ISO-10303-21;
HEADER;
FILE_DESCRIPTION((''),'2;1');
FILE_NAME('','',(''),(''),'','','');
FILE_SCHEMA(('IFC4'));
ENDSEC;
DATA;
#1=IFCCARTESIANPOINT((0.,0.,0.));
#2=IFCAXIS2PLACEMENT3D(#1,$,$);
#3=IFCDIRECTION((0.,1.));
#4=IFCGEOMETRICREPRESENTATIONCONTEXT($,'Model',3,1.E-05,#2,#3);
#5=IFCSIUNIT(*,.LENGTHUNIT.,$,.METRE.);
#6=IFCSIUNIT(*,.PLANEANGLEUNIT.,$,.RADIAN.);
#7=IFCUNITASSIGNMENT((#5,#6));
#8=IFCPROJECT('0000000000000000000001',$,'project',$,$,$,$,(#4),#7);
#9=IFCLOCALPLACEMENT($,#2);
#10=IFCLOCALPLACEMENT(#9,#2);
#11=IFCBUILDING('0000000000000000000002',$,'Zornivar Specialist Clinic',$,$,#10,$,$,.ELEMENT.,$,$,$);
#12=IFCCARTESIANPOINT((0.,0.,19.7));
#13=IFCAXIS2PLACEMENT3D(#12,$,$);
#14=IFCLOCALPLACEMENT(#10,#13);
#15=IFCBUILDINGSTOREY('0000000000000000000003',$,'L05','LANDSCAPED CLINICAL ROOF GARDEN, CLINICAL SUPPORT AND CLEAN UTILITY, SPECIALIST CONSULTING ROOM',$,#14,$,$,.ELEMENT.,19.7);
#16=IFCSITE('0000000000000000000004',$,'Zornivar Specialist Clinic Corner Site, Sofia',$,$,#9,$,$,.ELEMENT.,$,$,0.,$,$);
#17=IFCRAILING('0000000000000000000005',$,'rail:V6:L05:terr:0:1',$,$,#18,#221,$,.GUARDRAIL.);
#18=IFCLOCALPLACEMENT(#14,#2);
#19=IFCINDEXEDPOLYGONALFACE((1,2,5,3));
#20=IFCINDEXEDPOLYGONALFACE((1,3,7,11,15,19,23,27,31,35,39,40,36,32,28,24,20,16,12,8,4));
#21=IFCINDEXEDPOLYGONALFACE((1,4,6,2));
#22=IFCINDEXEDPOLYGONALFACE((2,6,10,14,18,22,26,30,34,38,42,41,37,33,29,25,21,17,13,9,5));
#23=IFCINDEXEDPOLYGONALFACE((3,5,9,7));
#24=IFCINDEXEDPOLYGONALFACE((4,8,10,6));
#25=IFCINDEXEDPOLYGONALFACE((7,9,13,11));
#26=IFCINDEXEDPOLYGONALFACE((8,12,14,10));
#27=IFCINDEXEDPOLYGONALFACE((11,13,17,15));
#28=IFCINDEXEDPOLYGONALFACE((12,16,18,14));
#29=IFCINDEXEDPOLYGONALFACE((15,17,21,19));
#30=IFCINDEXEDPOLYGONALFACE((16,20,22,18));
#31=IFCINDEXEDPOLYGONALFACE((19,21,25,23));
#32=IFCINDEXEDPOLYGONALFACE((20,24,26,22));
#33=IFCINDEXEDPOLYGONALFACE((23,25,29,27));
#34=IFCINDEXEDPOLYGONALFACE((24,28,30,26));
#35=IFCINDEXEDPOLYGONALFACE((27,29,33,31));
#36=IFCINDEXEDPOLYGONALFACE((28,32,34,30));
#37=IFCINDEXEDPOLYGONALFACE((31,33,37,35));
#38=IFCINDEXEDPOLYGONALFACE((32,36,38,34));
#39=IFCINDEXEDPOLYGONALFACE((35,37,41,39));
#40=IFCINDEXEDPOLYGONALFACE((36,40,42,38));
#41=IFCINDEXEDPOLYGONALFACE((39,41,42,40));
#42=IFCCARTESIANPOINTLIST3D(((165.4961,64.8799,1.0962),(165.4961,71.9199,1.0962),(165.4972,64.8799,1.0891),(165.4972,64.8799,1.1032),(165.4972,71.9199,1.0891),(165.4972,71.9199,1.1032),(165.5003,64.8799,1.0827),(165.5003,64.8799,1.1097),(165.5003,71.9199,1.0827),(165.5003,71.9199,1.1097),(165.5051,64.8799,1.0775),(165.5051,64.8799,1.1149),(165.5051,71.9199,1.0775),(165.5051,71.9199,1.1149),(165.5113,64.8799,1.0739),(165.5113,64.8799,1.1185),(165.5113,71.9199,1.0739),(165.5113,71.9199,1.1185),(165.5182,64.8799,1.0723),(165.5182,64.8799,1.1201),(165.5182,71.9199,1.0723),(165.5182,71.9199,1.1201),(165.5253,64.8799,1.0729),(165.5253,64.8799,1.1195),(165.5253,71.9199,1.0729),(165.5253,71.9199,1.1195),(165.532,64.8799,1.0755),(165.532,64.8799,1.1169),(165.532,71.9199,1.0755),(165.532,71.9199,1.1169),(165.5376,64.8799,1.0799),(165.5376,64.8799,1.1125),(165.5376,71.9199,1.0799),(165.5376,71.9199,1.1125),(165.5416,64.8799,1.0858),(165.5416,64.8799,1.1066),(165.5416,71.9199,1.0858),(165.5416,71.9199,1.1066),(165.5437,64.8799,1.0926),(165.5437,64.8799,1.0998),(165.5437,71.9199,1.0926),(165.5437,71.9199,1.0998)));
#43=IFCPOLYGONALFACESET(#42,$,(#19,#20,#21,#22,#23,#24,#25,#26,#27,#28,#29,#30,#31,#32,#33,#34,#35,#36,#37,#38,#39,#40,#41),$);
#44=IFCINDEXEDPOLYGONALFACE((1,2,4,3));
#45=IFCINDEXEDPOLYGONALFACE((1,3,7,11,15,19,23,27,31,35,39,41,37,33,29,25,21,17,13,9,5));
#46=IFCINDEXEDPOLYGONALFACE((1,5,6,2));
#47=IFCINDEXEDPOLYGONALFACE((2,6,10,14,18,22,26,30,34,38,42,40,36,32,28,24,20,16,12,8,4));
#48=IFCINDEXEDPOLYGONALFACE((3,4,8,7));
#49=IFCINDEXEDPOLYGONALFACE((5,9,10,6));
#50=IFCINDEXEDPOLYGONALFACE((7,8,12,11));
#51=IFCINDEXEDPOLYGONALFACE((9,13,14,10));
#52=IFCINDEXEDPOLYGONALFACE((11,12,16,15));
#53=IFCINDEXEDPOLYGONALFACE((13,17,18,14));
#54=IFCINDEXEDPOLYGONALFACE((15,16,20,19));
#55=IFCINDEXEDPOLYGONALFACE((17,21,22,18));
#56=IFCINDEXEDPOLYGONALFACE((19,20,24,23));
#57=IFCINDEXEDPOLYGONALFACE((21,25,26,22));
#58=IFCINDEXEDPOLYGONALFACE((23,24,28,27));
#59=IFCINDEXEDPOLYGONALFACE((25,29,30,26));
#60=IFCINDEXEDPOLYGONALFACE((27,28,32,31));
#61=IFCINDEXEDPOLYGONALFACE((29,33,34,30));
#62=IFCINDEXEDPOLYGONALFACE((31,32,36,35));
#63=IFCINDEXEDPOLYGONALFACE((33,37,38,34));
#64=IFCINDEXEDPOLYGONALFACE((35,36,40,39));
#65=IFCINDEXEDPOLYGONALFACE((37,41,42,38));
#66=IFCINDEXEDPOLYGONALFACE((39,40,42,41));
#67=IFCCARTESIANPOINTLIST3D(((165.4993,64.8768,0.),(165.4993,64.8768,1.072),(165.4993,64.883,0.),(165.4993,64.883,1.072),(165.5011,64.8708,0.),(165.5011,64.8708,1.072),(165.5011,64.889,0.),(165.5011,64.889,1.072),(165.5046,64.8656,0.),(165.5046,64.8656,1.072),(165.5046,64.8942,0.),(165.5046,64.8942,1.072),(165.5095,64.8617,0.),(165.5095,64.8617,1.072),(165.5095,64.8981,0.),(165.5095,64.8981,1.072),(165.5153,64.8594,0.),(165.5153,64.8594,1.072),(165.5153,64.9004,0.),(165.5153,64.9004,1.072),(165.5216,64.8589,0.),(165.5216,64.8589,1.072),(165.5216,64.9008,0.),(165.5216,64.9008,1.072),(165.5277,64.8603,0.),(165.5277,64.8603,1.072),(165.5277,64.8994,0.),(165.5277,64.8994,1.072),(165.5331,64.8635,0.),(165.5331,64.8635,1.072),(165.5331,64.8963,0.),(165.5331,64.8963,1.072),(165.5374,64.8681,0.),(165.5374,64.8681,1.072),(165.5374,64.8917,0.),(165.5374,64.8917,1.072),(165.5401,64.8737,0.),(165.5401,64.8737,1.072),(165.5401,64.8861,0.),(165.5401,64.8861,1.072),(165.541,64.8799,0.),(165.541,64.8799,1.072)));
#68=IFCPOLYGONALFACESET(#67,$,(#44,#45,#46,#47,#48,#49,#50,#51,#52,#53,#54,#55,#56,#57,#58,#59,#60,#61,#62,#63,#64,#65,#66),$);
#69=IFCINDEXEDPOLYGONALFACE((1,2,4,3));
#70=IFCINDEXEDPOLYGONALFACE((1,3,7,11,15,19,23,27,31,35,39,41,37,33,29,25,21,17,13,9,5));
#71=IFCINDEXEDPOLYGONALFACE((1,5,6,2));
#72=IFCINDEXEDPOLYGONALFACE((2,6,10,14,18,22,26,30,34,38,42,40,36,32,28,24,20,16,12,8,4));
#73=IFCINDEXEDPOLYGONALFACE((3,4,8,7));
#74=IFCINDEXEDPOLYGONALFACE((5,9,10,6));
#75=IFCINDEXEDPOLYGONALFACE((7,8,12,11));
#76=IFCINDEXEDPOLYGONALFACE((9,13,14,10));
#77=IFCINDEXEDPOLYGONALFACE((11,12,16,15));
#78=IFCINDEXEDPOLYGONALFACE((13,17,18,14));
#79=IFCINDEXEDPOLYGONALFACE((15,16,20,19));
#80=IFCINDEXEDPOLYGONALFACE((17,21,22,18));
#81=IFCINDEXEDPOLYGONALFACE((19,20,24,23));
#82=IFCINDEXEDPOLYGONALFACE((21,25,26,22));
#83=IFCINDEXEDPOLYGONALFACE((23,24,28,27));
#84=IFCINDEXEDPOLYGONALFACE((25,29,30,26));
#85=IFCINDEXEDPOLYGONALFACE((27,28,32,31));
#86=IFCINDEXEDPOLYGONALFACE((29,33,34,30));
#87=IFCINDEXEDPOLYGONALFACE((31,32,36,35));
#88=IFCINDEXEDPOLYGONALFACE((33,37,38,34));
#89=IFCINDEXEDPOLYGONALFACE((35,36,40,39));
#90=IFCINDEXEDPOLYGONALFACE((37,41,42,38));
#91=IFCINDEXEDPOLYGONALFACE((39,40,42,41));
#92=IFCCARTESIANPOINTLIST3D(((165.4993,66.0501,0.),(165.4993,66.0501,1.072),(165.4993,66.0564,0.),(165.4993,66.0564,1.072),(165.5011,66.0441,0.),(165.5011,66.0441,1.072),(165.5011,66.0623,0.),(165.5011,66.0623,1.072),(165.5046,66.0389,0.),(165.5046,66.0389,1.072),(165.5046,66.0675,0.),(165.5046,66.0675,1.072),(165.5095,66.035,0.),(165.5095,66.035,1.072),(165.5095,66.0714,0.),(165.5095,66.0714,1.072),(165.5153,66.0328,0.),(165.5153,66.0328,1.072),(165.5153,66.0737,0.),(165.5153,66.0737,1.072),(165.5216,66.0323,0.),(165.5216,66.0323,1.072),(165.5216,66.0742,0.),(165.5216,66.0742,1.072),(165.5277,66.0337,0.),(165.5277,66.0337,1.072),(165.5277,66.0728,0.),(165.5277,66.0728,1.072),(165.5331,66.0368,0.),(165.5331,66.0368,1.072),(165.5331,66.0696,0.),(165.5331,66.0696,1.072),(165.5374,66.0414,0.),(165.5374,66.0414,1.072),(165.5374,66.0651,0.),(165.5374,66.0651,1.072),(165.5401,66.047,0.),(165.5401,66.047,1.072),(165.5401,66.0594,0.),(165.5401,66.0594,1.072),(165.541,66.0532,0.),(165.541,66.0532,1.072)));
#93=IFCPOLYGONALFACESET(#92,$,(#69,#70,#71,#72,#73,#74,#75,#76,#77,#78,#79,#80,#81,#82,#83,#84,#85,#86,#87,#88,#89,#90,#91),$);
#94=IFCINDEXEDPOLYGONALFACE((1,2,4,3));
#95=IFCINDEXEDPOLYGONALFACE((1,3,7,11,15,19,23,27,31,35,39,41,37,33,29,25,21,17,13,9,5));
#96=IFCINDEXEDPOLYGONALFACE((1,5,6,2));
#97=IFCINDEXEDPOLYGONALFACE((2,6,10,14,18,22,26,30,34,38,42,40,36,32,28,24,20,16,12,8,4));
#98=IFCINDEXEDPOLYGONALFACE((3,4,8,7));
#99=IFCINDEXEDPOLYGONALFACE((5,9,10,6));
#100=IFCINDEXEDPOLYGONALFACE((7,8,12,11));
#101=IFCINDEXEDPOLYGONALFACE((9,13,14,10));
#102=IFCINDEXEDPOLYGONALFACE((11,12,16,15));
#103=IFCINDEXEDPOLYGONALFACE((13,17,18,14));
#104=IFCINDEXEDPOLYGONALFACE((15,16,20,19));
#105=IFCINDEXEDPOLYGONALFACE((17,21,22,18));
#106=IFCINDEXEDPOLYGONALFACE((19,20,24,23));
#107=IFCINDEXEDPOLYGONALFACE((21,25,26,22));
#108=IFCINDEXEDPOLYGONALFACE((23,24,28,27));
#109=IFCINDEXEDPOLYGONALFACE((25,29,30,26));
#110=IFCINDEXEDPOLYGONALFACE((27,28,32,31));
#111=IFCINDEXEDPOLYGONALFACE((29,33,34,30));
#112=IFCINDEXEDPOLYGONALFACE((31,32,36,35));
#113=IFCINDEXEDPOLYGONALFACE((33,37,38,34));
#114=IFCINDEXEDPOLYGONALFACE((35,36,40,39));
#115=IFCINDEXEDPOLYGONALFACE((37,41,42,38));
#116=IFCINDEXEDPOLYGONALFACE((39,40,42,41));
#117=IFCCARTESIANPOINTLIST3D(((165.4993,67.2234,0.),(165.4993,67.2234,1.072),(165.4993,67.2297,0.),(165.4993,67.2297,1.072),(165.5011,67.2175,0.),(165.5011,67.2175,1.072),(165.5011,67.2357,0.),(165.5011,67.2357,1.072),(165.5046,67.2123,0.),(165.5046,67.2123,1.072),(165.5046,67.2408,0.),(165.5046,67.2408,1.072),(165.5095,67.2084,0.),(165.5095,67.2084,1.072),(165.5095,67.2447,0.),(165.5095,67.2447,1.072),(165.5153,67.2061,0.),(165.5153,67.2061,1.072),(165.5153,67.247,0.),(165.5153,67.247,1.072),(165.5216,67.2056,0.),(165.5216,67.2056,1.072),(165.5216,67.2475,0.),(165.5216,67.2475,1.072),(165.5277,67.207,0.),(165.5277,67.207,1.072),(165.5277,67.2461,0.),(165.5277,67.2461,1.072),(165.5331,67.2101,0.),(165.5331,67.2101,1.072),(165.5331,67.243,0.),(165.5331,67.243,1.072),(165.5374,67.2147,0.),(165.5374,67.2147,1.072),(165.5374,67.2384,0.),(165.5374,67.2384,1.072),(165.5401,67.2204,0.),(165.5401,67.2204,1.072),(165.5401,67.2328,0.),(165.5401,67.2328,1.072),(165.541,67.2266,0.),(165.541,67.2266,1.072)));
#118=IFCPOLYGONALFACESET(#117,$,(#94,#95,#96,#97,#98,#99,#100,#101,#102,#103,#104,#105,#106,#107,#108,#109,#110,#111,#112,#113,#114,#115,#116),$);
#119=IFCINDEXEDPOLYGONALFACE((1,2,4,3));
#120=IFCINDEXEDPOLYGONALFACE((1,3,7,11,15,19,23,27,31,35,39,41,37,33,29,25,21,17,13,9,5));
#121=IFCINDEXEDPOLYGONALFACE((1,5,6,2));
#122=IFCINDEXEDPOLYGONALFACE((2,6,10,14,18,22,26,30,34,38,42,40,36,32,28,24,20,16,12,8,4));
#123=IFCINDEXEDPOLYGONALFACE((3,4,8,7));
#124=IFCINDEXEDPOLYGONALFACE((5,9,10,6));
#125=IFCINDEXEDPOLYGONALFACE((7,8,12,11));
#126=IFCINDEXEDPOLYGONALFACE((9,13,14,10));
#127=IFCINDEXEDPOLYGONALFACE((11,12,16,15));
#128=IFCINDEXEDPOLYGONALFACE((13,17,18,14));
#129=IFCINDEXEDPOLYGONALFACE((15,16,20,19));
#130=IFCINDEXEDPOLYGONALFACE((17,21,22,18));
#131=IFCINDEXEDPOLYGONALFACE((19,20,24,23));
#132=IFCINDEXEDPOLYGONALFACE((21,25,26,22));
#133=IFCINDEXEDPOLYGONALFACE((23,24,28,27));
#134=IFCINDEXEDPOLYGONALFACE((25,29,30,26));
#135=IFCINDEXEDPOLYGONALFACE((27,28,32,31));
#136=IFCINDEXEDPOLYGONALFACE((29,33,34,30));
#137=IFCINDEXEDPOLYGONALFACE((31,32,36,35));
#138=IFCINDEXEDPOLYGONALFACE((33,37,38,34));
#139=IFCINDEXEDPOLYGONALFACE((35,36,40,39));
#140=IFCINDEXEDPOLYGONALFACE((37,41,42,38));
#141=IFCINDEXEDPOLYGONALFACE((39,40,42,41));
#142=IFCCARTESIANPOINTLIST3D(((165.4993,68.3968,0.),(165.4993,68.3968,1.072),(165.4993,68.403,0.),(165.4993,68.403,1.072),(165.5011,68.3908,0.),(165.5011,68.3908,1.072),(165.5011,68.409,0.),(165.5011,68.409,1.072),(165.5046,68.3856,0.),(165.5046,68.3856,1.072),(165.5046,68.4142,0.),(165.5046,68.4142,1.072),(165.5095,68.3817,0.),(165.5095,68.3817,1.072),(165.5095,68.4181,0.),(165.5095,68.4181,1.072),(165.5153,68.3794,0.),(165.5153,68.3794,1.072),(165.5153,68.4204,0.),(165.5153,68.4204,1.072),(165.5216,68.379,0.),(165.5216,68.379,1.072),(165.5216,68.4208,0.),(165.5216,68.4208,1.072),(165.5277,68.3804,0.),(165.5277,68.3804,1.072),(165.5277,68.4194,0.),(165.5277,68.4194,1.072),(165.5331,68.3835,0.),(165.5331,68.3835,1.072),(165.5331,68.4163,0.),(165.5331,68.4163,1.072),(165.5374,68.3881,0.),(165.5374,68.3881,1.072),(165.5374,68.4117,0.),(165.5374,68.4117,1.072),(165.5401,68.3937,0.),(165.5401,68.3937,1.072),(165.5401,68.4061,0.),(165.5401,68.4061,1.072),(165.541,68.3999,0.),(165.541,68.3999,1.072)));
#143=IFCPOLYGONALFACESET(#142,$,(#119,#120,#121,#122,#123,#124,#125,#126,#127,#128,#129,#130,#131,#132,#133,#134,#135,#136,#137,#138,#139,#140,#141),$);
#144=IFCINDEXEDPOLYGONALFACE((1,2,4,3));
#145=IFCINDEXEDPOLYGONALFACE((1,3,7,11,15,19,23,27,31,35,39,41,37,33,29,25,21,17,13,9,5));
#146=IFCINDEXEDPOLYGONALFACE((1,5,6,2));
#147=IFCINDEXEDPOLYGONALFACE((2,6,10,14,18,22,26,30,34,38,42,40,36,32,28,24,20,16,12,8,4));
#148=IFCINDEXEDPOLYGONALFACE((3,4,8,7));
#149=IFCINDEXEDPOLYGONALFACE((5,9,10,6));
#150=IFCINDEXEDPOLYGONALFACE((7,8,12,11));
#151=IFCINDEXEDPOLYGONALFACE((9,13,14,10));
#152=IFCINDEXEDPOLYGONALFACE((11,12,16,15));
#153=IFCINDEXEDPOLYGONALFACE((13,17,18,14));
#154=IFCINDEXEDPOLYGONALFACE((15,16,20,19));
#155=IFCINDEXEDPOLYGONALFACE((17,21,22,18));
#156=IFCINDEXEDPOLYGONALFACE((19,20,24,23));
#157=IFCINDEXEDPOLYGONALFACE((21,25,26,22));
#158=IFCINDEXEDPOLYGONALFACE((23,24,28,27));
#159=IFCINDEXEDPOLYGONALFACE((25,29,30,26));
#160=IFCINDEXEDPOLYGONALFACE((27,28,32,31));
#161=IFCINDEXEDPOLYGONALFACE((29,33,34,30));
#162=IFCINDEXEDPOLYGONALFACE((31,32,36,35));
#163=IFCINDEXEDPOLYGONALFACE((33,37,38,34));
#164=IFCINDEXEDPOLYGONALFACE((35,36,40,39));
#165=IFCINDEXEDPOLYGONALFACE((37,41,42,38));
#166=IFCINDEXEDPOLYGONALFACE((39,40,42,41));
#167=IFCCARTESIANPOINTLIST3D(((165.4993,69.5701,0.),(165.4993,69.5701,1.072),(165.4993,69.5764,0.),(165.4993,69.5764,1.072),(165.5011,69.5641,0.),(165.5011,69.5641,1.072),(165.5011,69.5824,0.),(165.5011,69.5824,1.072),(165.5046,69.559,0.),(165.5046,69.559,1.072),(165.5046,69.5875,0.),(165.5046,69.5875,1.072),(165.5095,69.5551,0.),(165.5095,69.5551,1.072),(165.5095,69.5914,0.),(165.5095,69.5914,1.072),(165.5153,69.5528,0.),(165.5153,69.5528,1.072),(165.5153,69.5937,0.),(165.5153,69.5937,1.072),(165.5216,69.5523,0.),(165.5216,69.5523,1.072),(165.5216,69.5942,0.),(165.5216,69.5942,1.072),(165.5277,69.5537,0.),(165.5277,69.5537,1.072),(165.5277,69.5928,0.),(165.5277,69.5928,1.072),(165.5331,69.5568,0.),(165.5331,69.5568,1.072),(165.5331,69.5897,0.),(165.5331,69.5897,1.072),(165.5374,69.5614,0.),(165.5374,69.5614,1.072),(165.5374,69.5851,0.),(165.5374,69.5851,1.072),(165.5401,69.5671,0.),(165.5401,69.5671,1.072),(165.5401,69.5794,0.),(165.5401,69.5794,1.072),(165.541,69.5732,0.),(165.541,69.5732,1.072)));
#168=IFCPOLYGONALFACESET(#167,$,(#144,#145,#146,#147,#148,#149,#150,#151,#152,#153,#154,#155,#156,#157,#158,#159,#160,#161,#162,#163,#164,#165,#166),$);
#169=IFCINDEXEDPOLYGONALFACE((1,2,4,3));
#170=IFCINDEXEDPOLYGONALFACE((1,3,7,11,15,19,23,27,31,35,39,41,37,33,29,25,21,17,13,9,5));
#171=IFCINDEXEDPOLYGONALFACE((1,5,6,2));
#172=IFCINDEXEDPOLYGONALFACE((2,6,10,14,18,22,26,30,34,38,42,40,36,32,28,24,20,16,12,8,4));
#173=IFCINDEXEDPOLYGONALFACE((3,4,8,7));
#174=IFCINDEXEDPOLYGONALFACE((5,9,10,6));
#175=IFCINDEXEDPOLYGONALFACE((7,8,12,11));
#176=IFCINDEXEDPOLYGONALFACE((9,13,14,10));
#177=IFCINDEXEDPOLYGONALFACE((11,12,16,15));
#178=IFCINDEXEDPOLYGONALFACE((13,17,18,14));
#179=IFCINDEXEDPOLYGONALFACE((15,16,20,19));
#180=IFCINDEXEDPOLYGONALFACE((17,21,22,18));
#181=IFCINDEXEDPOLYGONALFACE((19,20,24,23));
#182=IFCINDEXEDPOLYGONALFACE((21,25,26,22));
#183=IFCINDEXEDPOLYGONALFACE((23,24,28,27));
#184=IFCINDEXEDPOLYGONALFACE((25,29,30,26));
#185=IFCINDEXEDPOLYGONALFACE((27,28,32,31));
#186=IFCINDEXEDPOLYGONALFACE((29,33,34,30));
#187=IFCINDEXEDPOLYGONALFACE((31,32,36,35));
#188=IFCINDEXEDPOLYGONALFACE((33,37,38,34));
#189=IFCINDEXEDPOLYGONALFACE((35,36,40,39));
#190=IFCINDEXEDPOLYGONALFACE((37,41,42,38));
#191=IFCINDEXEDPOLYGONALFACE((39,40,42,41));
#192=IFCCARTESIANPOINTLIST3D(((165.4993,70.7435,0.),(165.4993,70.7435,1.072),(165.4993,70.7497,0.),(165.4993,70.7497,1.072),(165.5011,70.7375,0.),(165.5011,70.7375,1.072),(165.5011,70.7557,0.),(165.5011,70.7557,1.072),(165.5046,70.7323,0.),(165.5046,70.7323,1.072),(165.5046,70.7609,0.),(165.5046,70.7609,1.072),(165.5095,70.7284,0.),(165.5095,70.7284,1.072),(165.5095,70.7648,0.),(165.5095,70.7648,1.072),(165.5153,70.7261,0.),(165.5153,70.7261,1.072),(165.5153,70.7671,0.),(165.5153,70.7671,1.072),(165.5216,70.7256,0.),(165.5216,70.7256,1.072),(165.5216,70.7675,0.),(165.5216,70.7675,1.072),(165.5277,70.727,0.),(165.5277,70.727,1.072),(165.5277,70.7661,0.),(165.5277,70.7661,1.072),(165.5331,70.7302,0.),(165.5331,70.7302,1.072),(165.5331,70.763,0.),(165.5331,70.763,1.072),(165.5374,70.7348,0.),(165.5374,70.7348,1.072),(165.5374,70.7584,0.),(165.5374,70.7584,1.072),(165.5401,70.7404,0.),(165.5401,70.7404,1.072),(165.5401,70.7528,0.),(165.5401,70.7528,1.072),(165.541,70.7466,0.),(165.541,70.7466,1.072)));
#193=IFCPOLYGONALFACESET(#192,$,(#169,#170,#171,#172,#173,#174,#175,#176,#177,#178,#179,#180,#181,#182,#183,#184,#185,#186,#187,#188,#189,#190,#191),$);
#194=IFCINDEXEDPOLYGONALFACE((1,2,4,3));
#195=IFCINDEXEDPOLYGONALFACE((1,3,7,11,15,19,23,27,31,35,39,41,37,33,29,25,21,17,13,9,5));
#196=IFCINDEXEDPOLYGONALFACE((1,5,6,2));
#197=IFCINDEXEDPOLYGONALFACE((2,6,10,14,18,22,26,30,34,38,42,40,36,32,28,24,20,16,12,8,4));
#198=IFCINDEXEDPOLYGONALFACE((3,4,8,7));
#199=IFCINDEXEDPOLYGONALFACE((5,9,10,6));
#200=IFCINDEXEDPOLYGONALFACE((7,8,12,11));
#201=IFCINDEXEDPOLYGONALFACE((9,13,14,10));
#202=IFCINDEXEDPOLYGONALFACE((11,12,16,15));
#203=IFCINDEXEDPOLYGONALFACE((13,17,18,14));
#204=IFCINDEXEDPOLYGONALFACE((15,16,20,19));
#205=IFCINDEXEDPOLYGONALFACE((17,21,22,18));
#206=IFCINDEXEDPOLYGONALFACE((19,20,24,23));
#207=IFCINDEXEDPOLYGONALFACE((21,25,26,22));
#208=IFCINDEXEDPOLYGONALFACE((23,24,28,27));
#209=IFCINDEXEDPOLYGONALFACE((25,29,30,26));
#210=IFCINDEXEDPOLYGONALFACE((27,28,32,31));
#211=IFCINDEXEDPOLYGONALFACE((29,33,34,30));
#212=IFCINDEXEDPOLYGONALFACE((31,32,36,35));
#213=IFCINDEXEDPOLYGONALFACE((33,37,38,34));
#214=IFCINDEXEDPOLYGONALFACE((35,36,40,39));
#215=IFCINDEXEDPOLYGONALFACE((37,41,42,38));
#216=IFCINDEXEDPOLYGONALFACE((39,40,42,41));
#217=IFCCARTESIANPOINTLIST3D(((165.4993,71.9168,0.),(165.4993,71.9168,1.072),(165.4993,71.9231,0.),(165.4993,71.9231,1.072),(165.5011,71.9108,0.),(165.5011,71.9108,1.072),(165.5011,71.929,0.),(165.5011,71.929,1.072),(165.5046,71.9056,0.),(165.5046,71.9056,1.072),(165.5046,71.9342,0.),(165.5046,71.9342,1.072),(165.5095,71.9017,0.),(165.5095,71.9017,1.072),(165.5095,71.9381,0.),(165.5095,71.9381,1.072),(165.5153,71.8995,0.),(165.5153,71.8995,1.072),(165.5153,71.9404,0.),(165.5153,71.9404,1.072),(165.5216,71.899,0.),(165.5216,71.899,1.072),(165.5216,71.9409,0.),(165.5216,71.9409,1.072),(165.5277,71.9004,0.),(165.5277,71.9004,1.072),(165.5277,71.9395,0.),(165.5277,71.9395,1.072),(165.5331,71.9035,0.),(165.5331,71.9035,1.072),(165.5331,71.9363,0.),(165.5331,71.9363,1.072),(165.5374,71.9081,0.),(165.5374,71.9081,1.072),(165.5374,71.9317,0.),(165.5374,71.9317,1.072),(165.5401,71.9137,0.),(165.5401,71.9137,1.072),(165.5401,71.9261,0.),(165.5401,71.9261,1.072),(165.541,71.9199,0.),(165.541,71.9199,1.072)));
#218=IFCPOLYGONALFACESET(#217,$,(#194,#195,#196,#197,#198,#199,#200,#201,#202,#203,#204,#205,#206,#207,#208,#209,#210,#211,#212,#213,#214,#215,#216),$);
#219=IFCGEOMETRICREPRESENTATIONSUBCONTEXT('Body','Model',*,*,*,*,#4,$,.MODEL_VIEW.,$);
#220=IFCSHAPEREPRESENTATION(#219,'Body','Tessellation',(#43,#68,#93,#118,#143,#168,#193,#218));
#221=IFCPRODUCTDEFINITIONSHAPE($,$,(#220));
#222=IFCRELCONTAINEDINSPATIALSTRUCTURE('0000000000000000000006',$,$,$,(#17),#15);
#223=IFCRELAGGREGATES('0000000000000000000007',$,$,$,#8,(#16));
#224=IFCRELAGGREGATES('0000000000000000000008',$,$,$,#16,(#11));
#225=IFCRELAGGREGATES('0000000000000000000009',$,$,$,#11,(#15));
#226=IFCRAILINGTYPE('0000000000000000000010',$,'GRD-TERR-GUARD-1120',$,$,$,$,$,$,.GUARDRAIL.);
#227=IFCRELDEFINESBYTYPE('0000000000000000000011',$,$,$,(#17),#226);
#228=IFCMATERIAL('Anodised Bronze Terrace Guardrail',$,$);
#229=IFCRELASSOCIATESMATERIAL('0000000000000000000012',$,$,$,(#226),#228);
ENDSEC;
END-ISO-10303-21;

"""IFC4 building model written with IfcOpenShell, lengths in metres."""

from ifc_helpers import new_model, si_unit, direction, frame, origin, origin_2d, place, context, subcontext, project, spatial, circle, extrude, material, type_object, element, save


model = new_model("IFC4")

# Units and contexts
model_context = context("Model", 3, precision=1e-05, world=origin(), true_north=direction((0.0, 1.0)))
body_context = subcontext(model_context, "Body", "Model", "MODEL_VIEW")
ifc_project = project(units=[si_unit("LENGTHUNIT", "METRE"), si_unit("PLANEANGLEUNIT", "RADIAN")], contexts=[model_context])

# Site, building, storey
site_placement = place(None, origin())
site = spatial("IfcSite", under=ifc_project, at=site_placement, Name="Zornivar Specialist Clinic Corner Site, Sofia", CompositionType="ELEMENT", RefElevation=0.0)
building_placement = place(site_placement, origin())
building = spatial("IfcBuilding", under=site, at=building_placement, Name="Zornivar Specialist Clinic", CompositionType="ELEMENT")
storey_placement = place(building_placement, frame((0.0, 0.0, 19.7)))
storey = spatial("IfcBuildingStorey", under=building, at=storey_placement, Name="L05", Description="LANDSCAPED CLINICAL ROOF GARDEN, CLINICAL SUPPORT AND CLEAN UTILITY, SPECIALIST CONSULTING ROOM", CompositionType="ELEMENT", Elevation=19.7)

# Railing
ifc_material_1 = material(Name="Anodised Bronze Terrace Guardrail")
railing_type = type_object("IfcRailingType", Name="GRD-TERR-GUARD-1120", PredefinedType="GUARDRAIL", material=ifc_material_1)
railing_placement = place(storey_placement, frame((165.52, 64.8799, 0.0)))
element("IfcRailing", 1, at=railing_placement, inside=storey, type_object=railing_type, Name="rail:V6:L05:terr:0:1", PredefinedType="GUARDRAIL", context=body_context, shape_type="SweptSolid", body=[
    extrude(circle(Radius=0.0239, at=origin_2d()), frame((0.0, 0.0, 1.0962), z_axis=(0.0, 1.0, 0.0), x_axis=(-1.0, 0.0, 0.0)), (0.0, 0.0, 1.0), 7.04),
    extrude(circle(Radius=0.021, at=origin_2d()), origin(), (0.0, 0.0, 1.0), 1.072),
    extrude(circle(Radius=0.021, at=origin_2d()), frame((0.0, 1.1733, 0.0)), (0.0, 0.0, 1.0), 1.072),
    extrude(circle(Radius=0.021, at=origin_2d()), frame((0.0, 2.3467, 0.0)), (0.0, 0.0, 1.0), 1.072),
    extrude(circle(Radius=0.021, at=origin_2d()), frame((0.0, 3.52, 0.0)), (0.0, 0.0, 1.0), 1.072),
    extrude(circle(Radius=0.021, at=origin_2d()), frame((0.0, 4.6934, 0.0)), (0.0, 0.0, 1.0), 1.072),
    extrude(circle(Radius=0.021, at=origin_2d()), frame((0.0, 5.8667, 0.0)), (0.0, 0.0, 1.0), 1.072),
    extrude(circle(Radius=0.021, at=origin_2d()), frame((0.0, 7.04, 0.0)), (0.0, 0.0, 1.0), 1.072),
])

save(model, "model.ifc")
